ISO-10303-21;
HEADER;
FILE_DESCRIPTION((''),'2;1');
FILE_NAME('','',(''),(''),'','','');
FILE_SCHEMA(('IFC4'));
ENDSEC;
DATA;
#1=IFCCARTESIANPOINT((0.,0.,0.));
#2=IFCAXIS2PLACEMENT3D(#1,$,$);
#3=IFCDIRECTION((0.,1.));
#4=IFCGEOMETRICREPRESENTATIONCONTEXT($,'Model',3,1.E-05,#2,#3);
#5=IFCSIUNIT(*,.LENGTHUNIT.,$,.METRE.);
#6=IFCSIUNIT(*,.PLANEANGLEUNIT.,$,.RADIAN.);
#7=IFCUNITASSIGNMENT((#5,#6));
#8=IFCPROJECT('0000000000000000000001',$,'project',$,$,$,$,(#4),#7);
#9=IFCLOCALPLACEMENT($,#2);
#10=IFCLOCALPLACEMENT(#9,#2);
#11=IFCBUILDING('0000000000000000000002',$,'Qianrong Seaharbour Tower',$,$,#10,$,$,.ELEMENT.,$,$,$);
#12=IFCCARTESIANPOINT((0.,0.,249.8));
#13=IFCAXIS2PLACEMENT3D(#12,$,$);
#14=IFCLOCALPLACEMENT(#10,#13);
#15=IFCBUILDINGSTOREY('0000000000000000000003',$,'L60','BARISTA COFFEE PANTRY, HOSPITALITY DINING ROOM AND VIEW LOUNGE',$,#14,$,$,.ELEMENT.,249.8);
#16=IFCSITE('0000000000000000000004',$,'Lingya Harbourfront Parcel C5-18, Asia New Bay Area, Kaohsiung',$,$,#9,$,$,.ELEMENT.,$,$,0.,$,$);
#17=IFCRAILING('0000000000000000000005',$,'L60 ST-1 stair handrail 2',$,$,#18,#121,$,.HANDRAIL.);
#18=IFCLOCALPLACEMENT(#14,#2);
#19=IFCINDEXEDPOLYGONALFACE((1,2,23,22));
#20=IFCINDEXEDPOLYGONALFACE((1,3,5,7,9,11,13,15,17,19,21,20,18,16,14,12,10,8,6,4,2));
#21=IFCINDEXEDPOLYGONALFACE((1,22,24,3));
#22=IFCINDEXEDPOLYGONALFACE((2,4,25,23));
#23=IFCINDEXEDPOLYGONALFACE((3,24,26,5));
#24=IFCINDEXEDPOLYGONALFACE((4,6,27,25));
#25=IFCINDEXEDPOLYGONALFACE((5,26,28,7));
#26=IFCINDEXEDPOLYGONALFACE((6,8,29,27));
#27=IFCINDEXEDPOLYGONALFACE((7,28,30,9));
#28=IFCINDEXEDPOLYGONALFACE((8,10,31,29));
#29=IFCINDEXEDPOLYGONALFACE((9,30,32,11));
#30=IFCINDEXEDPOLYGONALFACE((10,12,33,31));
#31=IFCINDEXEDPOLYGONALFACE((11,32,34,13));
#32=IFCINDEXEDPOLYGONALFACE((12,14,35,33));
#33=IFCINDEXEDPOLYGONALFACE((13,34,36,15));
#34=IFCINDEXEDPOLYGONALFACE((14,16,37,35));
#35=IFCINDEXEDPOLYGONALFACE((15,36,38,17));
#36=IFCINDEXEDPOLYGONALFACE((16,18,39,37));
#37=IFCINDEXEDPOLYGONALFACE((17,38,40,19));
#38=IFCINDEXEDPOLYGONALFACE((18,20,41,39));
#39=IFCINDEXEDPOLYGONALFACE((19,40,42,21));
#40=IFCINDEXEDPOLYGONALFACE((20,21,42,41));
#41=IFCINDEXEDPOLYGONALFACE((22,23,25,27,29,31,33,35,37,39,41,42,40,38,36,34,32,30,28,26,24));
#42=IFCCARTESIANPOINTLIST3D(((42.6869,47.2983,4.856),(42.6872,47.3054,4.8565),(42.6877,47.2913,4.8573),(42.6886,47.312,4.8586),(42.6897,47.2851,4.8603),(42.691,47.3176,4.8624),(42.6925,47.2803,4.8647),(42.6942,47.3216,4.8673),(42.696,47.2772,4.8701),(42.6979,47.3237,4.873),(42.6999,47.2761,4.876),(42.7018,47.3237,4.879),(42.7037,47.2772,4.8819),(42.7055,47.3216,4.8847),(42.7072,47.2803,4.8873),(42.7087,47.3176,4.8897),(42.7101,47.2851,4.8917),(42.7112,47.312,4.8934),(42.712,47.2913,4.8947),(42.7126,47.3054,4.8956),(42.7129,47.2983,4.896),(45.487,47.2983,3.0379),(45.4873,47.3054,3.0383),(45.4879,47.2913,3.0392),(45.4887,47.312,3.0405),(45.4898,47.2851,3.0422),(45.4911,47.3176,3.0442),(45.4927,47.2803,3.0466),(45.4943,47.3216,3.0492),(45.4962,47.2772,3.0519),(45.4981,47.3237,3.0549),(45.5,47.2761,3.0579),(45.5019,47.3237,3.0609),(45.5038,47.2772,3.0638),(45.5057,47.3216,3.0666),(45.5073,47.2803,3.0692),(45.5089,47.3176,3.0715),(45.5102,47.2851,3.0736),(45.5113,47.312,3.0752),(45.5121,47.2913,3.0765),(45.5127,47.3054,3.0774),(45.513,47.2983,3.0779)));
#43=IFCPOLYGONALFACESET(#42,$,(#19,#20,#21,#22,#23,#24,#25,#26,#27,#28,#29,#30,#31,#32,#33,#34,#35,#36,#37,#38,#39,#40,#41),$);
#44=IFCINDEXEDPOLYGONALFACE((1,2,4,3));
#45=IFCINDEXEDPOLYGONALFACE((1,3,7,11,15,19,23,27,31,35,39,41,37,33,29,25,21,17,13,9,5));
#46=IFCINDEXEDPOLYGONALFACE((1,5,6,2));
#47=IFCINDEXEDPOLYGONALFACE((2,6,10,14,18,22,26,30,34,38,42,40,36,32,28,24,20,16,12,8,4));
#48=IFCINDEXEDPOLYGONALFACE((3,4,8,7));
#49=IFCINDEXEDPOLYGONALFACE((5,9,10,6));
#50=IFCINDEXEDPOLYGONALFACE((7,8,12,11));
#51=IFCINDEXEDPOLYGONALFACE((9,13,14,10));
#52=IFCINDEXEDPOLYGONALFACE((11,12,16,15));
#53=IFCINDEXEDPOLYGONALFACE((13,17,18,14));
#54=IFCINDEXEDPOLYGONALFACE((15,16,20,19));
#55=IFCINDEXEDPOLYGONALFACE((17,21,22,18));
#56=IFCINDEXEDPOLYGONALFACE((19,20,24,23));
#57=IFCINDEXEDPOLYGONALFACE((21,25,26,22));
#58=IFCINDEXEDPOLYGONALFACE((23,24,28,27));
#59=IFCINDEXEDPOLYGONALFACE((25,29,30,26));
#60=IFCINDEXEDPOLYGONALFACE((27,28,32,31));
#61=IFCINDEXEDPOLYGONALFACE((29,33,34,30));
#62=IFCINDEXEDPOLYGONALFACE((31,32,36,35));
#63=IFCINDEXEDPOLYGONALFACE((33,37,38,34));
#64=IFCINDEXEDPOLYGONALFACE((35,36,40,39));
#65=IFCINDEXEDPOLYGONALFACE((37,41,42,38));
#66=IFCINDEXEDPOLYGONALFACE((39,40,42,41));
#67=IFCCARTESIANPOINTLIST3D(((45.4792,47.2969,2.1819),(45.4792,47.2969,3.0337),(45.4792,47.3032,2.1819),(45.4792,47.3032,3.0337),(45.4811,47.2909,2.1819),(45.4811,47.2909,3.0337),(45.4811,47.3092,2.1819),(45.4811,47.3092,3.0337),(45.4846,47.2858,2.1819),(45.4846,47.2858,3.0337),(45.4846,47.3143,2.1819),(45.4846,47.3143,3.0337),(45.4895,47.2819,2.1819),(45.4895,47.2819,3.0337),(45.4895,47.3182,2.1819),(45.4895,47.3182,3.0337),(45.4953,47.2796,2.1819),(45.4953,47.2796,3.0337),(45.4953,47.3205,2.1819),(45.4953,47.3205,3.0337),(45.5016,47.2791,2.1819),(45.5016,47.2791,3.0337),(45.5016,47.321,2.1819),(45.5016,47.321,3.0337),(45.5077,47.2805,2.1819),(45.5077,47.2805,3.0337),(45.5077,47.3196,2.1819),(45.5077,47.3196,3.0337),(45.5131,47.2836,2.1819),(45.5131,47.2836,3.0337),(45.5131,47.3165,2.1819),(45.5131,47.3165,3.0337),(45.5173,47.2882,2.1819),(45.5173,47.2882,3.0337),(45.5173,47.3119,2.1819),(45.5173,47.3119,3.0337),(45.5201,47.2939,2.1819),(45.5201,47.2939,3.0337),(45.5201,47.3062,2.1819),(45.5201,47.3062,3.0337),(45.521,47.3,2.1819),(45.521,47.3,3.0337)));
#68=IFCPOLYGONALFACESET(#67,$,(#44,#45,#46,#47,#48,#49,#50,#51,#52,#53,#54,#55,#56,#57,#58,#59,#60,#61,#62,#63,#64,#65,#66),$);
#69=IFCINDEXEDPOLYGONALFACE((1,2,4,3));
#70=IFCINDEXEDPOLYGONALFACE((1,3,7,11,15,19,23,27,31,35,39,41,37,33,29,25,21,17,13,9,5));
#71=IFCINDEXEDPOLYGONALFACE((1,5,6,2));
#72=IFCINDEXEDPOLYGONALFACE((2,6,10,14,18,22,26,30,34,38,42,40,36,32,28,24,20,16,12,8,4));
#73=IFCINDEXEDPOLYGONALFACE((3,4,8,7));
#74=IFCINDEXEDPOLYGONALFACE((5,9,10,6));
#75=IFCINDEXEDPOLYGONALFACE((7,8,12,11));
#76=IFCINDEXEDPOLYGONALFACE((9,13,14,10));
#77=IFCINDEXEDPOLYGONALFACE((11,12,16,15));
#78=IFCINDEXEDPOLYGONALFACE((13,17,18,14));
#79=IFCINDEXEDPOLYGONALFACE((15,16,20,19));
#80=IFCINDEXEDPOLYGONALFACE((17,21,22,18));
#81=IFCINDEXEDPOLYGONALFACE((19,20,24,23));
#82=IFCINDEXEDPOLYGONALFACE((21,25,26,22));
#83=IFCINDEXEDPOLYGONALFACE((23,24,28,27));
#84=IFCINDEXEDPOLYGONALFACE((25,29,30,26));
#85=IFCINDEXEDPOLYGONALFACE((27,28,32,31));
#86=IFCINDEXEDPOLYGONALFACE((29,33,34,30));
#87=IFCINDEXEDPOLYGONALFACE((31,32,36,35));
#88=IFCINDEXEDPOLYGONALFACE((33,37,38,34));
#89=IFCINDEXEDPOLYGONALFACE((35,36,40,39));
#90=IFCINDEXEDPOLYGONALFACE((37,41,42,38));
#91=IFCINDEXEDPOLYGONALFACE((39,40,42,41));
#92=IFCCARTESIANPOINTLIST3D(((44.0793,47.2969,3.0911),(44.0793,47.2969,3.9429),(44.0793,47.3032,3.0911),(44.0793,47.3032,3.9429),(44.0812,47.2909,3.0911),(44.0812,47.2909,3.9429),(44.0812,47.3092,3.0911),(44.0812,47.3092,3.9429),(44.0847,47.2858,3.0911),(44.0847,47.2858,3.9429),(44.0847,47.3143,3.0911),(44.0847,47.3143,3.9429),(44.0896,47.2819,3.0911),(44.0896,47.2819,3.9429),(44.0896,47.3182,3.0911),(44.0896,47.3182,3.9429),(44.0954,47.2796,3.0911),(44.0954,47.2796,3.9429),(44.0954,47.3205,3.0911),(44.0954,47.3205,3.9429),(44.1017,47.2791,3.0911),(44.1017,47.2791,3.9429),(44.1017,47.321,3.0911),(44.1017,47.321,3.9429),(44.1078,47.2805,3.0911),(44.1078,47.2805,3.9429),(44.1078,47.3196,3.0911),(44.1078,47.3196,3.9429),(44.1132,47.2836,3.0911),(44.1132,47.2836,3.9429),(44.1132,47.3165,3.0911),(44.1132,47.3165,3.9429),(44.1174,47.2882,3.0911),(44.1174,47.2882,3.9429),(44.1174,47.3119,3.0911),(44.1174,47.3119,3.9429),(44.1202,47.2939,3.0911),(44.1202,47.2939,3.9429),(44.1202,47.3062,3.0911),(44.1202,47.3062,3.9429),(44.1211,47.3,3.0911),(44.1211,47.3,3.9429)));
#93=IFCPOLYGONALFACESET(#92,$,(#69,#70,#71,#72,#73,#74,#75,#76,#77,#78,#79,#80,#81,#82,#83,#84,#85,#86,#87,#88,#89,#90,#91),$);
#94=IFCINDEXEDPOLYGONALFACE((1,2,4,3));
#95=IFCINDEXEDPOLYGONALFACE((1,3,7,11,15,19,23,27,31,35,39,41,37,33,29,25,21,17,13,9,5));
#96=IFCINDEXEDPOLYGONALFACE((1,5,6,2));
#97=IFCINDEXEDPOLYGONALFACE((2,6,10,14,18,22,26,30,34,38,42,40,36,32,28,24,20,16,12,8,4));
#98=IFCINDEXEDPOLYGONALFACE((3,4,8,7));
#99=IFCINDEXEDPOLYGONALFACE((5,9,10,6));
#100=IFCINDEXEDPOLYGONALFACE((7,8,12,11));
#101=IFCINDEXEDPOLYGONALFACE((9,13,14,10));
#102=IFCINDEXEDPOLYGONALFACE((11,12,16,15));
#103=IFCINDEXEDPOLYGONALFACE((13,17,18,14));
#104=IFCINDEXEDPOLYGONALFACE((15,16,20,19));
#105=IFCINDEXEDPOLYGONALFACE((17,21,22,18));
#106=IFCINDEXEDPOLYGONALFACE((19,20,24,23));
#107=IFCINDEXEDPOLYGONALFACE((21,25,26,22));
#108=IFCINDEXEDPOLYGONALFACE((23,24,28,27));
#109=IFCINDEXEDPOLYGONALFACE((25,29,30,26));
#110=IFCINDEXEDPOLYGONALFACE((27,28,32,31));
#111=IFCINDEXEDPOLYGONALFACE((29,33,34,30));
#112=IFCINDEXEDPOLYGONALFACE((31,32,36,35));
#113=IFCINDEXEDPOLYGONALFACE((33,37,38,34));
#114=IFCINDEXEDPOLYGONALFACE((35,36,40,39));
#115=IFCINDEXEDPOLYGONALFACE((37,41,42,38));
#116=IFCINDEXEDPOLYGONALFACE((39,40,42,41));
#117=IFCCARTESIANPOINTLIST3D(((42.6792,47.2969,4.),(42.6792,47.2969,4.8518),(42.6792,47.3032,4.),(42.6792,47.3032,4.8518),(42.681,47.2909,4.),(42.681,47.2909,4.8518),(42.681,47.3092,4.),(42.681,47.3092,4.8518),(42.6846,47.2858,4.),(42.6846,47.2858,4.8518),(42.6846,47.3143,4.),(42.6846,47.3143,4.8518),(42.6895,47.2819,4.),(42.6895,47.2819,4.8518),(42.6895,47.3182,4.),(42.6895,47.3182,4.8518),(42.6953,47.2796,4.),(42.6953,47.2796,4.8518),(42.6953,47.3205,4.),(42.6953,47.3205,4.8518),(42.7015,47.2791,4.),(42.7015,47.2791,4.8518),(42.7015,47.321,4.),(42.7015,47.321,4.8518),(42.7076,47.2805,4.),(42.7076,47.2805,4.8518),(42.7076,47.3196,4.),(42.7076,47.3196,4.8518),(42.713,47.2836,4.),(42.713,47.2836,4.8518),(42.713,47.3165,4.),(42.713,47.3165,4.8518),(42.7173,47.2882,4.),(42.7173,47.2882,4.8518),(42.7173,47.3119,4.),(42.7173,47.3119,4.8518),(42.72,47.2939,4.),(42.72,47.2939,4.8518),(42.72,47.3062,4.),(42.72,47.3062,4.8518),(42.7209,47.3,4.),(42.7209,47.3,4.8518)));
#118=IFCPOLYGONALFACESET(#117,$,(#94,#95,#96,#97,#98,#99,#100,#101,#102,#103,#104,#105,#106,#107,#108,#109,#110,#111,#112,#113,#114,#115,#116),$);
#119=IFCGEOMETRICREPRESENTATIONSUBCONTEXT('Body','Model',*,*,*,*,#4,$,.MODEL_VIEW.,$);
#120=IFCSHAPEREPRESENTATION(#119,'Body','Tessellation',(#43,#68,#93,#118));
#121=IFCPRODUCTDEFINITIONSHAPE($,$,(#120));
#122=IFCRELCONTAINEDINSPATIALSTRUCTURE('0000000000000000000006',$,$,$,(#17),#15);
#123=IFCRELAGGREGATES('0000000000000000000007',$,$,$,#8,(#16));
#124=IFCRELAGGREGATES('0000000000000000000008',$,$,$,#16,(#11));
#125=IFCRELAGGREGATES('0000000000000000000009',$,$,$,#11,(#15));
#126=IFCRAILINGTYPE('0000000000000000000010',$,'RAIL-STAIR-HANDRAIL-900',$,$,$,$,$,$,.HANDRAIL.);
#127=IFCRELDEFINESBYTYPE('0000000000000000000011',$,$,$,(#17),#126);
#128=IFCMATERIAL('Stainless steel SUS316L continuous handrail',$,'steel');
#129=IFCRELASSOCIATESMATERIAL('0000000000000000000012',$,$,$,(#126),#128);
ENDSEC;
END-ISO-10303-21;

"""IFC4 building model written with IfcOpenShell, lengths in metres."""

from ifc_helpers import new_model, si_unit, direction, frame, origin, origin_2d, place, context, subcontext, project, spatial, circle, extrude, material, type_object, element, save


model = new_model("IFC4")

# Units and contexts
model_context = context("Model", 3, precision=1e-05, world=origin(), true_north=direction((0.0, 1.0)))
body_context = subcontext(model_context, "Body", "Model", "MODEL_VIEW")
ifc_project = project(units=[si_unit("LENGTHUNIT", "METRE"), si_unit("PLANEANGLEUNIT", "RADIAN")], contexts=[model_context])

# Site, building, storey
site_placement = place(None, origin())
site = spatial("IfcSite", under=ifc_project, at=site_placement, Name="Lingya Harbourfront Parcel C5-18, Asia New Bay Area, Kaohsiung", CompositionType="ELEMENT", RefElevation=0.0)
building_placement = place(site_placement, origin())
building = spatial("IfcBuilding", under=site, at=building_placement, Name="Qianrong Seaharbour Tower", CompositionType="ELEMENT")
storey_placement = place(building_placement, frame((0.0, 0.0, 249.8)))
storey = spatial("IfcBuildingStorey", under=building, at=storey_placement, Name="L60", Description="BARISTA COFFEE PANTRY, HOSPITALITY DINING ROOM AND VIEW LOUNGE", CompositionType="ELEMENT", Elevation=249.8)

# Railing
ifc_material_1 = material(Name="Stainless steel SUS316L continuous handrail", Category="steel")
railing_type_1 = type_object("IfcRailingType", Name="RAIL-STAIR-HANDRAIL-900", PredefinedType="HANDRAIL", material=ifc_material_1)
railing_1_placement = place(storey_placement, frame((45.5, 47.3, 2.1819)))
element("IfcRailing", 1, at=railing_1_placement, inside=storey, type_object=railing_type_1, Name="L60 ST-1 stair handrail 2", PredefinedType="HANDRAIL", context=body_context, shape_type="SweptSolid", body=[
    extrude(circle(Radius=0.0239, at=origin_2d()), frame((0.0, 0.0, 0.876), z_axis=(-0.838706, 0.0, 0.544585), x_axis=(0.0, -1.0, 0.0)), (0.0, 0.0, 1.0), 3.3386),
    extrude(circle(Radius=0.021, at=origin_2d()), origin(), (0.0, 0.0, 1.0), 0.8518),
    extrude(circle(Radius=0.021, at=origin_2d()), frame((-1.3999, 0.0, 0.9092)), (0.0, 0.0, 1.0), 0.8518),
    extrude(circle(Radius=0.021, at=origin_2d()), frame((-2.8, 0.0, 1.8181)), (0.0, 0.0, 1.0), 0.8518),
])

save(model, "model.ifc")
